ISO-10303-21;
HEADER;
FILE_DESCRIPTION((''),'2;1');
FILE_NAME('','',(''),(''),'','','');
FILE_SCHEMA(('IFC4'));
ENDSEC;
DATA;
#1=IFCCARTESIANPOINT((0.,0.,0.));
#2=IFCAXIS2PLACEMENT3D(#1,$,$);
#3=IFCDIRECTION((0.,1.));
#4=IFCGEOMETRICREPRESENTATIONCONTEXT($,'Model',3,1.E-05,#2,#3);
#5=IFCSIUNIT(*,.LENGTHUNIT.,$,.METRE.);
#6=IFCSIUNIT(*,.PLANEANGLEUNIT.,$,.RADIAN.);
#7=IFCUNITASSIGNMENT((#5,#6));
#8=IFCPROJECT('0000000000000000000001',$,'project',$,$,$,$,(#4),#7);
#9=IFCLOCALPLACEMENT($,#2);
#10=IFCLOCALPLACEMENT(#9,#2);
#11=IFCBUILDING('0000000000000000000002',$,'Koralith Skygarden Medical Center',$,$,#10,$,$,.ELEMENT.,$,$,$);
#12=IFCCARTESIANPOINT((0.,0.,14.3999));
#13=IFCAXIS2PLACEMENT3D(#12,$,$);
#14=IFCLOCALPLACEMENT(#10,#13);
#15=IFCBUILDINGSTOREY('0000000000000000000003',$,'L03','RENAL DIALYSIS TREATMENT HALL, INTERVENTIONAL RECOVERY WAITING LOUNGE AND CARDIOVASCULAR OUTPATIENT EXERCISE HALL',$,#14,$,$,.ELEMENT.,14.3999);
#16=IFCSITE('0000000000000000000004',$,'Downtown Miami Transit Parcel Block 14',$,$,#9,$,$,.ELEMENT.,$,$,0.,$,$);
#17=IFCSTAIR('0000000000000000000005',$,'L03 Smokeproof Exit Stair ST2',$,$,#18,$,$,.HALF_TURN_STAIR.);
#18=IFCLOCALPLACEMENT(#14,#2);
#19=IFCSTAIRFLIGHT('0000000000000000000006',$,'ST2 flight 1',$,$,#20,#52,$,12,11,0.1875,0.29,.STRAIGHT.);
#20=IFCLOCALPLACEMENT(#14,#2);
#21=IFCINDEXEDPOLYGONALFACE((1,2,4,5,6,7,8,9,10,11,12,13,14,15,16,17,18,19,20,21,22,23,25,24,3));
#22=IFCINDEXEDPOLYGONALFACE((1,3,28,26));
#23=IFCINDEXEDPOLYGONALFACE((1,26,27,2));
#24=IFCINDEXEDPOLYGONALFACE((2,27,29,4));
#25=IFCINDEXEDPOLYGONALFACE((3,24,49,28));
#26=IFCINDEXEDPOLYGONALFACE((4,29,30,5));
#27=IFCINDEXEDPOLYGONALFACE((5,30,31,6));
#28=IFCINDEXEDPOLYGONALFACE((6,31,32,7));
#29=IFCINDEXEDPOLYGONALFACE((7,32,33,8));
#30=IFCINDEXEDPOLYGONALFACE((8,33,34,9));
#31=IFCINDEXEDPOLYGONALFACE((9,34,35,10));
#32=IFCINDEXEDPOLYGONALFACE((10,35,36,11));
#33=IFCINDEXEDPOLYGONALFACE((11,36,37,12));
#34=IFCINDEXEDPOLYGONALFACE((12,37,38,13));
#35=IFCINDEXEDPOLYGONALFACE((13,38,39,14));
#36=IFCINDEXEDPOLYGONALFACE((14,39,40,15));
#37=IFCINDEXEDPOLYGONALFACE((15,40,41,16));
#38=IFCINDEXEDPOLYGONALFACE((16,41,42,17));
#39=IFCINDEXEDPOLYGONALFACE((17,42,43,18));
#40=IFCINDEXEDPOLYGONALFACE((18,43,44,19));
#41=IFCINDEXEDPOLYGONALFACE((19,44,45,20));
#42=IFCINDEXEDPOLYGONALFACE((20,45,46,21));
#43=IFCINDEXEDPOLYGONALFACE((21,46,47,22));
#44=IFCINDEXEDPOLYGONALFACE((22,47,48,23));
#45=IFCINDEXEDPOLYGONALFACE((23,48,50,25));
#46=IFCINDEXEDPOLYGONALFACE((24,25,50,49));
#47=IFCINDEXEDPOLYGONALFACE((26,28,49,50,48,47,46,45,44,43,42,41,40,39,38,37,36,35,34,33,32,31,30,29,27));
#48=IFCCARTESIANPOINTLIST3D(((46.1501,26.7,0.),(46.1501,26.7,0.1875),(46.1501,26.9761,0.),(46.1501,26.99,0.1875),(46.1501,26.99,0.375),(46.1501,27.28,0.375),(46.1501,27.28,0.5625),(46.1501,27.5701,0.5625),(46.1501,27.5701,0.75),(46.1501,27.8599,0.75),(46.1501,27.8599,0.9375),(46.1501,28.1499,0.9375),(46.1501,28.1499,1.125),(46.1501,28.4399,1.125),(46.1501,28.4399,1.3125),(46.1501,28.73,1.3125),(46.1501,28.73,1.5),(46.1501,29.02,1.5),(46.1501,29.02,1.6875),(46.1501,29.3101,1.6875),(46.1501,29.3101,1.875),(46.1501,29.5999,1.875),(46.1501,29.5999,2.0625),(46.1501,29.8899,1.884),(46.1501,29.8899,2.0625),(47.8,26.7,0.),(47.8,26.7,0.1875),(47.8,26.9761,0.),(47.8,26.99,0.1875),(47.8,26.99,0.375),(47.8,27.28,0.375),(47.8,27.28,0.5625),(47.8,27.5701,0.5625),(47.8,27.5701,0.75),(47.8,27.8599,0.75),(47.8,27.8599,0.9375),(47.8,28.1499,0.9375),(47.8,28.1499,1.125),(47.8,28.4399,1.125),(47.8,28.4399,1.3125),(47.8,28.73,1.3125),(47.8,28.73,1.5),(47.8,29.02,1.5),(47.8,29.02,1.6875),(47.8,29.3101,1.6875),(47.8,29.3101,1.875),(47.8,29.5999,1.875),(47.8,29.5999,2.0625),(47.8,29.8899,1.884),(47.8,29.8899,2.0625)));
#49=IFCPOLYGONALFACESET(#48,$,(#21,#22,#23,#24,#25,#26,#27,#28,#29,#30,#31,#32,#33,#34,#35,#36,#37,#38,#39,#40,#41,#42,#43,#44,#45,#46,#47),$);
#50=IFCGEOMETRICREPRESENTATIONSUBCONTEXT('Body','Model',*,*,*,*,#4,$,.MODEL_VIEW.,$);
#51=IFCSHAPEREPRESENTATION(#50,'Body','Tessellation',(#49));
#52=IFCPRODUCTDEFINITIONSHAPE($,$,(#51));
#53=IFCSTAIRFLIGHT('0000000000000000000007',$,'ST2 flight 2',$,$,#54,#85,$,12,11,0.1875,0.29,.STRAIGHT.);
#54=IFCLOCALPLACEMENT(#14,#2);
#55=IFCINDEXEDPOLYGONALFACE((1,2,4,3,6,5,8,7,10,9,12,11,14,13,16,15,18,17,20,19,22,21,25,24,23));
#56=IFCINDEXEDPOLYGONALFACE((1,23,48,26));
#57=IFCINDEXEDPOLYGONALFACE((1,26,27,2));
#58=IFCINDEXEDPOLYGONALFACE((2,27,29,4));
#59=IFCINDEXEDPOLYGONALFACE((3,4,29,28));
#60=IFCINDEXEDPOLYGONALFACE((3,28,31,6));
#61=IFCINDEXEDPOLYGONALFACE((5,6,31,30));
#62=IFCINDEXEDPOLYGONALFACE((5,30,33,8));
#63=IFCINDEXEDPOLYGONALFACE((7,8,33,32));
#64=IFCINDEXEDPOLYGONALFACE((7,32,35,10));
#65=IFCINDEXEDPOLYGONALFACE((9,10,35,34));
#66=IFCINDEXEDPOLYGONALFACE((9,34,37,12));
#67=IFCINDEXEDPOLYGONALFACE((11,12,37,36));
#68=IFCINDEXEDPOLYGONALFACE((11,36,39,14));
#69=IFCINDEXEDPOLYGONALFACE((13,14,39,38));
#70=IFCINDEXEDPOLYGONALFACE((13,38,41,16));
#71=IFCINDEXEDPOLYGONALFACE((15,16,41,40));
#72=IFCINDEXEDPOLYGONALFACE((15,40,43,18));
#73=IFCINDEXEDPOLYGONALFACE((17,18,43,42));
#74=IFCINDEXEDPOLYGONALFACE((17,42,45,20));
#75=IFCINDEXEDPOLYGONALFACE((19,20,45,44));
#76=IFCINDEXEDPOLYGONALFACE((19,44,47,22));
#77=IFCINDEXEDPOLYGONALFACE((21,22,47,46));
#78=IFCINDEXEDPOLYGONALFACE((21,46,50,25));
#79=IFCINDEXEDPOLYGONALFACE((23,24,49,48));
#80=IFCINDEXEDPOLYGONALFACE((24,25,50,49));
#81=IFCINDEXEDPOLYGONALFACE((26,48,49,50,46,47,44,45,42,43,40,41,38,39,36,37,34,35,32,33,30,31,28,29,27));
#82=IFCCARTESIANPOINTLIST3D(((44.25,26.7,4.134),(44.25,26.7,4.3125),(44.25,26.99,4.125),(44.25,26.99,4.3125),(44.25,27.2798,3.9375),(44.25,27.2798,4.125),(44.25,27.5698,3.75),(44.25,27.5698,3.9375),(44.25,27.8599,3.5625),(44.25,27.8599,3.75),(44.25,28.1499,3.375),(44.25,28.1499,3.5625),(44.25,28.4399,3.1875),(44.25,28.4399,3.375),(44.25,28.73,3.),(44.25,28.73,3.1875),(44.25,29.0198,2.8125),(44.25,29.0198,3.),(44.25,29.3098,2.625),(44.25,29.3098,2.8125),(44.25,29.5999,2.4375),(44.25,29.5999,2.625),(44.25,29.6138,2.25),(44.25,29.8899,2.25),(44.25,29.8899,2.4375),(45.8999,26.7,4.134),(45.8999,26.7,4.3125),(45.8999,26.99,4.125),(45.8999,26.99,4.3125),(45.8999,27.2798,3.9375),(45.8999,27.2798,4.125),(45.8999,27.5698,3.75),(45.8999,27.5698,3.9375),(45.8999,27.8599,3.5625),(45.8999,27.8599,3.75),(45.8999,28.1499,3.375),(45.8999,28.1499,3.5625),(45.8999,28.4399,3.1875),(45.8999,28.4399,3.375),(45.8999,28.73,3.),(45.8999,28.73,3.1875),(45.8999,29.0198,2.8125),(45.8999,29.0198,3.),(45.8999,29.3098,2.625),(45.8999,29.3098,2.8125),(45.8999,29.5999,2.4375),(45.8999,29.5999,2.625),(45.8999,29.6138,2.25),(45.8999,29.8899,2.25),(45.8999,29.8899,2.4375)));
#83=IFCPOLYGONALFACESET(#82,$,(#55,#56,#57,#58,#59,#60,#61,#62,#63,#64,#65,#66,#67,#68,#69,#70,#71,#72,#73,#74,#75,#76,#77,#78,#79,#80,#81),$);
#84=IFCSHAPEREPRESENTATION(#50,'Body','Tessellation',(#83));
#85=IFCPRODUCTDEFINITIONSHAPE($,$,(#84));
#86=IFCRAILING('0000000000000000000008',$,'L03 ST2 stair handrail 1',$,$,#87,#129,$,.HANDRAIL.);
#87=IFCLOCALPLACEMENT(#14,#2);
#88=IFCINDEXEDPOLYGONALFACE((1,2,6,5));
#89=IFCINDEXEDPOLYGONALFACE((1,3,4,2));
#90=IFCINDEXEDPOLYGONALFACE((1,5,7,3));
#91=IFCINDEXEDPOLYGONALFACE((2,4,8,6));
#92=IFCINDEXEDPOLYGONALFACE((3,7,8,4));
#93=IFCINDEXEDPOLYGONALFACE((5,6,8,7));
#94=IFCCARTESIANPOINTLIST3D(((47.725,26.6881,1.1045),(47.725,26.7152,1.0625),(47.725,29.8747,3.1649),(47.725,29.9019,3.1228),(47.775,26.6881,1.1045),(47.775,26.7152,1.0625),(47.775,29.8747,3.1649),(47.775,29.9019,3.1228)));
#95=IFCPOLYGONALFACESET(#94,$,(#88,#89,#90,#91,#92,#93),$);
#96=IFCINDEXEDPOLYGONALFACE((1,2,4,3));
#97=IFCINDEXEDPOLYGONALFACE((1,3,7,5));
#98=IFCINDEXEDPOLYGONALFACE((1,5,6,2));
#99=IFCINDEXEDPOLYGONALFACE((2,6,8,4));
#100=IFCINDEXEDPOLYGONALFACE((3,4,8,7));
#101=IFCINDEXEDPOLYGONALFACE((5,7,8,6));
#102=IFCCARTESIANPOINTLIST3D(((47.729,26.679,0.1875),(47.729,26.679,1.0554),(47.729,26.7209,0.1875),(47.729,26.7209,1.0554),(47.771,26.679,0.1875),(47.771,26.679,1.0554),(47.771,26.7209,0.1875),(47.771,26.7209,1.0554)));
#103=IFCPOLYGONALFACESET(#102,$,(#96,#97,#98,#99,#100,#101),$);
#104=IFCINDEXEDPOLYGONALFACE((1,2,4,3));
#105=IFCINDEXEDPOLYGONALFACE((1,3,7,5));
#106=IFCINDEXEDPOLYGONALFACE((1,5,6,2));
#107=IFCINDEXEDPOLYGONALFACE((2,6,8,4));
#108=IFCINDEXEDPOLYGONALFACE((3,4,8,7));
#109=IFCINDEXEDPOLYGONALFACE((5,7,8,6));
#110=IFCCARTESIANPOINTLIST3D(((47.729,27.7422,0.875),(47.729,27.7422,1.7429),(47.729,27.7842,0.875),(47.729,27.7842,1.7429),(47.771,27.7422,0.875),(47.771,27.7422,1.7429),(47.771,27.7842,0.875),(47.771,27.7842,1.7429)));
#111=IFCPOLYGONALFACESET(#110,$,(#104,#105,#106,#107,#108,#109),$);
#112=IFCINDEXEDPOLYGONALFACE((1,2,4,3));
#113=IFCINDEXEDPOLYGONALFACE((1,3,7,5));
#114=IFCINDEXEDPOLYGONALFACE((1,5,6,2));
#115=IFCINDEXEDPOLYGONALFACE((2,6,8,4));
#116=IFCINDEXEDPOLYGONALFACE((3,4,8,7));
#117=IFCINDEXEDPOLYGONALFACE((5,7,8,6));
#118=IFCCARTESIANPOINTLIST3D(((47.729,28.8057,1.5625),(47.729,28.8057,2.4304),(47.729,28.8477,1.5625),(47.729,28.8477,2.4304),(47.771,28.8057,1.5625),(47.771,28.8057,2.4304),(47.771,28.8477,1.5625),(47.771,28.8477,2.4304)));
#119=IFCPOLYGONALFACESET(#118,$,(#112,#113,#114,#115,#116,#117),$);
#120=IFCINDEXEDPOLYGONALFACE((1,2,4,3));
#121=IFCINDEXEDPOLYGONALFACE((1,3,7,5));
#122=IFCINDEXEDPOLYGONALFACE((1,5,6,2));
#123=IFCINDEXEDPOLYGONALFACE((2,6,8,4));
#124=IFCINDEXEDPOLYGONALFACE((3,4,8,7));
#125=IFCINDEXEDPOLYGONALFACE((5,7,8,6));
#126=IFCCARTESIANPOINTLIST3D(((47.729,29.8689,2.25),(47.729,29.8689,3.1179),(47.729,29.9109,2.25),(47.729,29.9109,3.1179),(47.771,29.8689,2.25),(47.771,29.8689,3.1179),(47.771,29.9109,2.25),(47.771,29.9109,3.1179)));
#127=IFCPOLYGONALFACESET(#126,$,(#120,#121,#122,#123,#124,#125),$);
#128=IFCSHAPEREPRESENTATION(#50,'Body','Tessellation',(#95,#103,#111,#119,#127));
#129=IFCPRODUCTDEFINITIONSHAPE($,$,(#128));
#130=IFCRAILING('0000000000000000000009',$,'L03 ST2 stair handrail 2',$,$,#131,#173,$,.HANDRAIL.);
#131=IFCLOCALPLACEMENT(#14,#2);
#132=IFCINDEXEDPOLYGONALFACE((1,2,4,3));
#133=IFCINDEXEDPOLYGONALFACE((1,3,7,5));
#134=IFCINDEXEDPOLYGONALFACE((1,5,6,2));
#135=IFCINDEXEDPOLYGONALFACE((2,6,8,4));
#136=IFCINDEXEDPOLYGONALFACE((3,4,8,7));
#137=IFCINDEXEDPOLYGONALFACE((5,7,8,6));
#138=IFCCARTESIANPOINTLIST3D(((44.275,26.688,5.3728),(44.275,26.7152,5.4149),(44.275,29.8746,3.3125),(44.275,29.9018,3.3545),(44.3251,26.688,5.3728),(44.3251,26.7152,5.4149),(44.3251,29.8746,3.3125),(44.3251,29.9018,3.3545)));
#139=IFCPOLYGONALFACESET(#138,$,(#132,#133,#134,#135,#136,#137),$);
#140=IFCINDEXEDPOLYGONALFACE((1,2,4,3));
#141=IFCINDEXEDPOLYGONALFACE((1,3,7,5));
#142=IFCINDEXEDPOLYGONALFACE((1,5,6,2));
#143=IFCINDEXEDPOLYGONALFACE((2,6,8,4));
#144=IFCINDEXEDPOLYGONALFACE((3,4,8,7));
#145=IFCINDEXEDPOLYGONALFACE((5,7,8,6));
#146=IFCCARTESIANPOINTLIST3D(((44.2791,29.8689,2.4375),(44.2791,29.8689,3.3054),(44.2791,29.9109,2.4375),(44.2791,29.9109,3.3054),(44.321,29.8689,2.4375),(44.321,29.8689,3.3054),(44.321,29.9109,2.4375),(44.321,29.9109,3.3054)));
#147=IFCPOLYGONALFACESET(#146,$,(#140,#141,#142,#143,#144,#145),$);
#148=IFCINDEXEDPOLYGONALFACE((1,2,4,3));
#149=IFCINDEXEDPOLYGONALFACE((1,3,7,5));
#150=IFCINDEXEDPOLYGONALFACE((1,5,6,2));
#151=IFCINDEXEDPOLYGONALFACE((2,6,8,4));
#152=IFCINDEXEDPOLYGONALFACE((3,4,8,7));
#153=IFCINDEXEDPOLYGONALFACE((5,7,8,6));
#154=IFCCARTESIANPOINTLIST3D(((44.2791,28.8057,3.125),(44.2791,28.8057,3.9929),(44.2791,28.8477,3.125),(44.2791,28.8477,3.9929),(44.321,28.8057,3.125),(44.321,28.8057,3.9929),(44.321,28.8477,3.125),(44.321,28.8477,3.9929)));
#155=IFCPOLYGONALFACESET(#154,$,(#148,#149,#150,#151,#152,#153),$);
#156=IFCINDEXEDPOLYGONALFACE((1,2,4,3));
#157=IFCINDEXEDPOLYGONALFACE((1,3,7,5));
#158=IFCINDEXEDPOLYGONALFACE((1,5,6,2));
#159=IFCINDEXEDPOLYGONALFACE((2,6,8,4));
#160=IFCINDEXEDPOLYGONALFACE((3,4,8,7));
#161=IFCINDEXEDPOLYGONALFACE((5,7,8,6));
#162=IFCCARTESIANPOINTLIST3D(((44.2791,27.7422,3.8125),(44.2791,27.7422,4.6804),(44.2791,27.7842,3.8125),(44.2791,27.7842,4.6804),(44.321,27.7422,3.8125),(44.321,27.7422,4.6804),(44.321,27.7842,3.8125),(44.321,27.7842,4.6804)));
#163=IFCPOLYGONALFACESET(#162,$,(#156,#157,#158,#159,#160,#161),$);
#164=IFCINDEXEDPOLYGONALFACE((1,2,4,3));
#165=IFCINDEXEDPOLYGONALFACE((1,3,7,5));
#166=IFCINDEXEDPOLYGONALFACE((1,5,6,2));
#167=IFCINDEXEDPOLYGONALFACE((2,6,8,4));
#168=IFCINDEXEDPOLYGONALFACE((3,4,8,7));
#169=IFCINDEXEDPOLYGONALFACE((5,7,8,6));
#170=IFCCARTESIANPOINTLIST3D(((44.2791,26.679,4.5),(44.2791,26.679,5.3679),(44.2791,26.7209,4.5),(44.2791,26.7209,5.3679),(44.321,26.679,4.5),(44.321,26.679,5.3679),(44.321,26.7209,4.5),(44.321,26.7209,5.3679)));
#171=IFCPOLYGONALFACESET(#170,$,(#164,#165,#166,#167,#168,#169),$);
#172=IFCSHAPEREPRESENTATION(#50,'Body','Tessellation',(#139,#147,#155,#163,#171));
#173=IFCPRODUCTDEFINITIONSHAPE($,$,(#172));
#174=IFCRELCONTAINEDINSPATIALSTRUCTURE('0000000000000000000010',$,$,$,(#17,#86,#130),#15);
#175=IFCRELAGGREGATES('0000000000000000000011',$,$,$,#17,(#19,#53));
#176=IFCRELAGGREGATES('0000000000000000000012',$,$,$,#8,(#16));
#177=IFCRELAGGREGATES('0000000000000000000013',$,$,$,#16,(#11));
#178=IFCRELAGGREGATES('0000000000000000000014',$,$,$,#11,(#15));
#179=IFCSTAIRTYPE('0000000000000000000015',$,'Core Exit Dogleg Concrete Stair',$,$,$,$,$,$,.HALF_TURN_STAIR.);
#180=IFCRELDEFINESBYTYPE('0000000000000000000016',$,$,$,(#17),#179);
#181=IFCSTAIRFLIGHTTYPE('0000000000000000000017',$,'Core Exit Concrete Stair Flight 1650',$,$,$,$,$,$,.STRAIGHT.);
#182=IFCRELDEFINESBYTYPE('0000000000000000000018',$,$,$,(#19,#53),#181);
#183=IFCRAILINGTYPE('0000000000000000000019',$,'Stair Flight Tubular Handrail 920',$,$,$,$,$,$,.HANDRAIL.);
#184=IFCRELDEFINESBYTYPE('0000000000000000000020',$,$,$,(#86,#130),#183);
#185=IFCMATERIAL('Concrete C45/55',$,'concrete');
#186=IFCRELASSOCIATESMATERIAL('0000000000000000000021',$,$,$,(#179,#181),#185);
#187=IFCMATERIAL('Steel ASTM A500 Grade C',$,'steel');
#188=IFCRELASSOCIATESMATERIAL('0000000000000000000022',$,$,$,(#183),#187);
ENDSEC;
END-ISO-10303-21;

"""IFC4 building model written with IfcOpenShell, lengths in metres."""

from ifc_helpers import new_model, si_unit, direction, frame, origin, origin_2d, place, context, subcontext, project, spatial, polyline, rectangle, outline, extrude, material, type_object, element, aggregate, save


model = new_model("IFC4")

# Units and contexts
model_context = context("Model", 3, precision=1e-05, world=origin(), true_north=direction((0.0, 1.0)))
body_context = subcontext(model_context, "Body", "Model", "MODEL_VIEW")
ifc_project = project(units=[si_unit("LENGTHUNIT", "METRE"), si_unit("PLANEANGLEUNIT", "RADIAN")], contexts=[model_context])

# Site, building, storey
site_placement = place(None, origin())
site = spatial("IfcSite", under=ifc_project, at=site_placement, Name="Downtown Miami Transit Parcel Block 14", CompositionType="ELEMENT", RefElevation=0.0)
building_placement = place(site_placement, origin())
building = spatial("IfcBuilding", under=site, at=building_placement, Name="Koralith Skygarden Medical Center", CompositionType="ELEMENT")
storey_placement = place(building_placement, frame((0.0, 0.0, 14.3999)))
storey = spatial("IfcBuildingStorey", under=building, at=storey_placement, Name="L03", Description="RENAL DIALYSIS TREATMENT HALL, INTERVENTIONAL RECOVERY WAITING LOUNGE AND CARDIOVASCULAR OUTPATIENT EXERCISE HALL", CompositionType="ELEMENT", Elevation=14.3999)

# Shared definitions
ifc_material_1 = material(Name="Concrete C45/55", Category="concrete")

# Stair, stair flights
stair_type = type_object("IfcStairType", Name="Core Exit Dogleg Concrete Stair", PredefinedType="HALF_TURN_STAIR", material=ifc_material_1)
stair_placement = place(storey_placement, origin())
stair = element("IfcStair", 1, at=stair_placement, inside=storey, type_object=stair_type, Name="L03 Smokeproof Exit Stair ST2", PredefinedType="HALF_TURN_STAIR")
stair_flight_type = type_object("IfcStairFlightType", Name="Core Exit Concrete Stair Flight 1650", PredefinedType="STRAIGHT", material=ifc_material_1)
stair_flight_1_placement = place(storey_placement, frame((46.9751, 26.7, 0.0), z_axis=(0.0, 0.0, 1.0), x_axis=(0.0, 1.0, 0.0)))
stair_flight_1 = element("IfcStairFlight", 2, at=stair_flight_1_placement, type_object=stair_flight_type, Name="ST2 flight 1", NumberOfRisers=12, NumberOfTreads=11, PredefinedType="STRAIGHT", RiserHeight=0.1875, TreadLength=0.29, context=body_context, shape_type="SweptSolid", body=[
    extrude(outline(polyline([(0.0, 0.0), (0.0, 0.1875), (0.29, 0.1875), (0.29, 0.375), (0.5801, 0.375), (0.5801, 0.5625), (0.8701, 0.5625), (0.8701, 0.75), (1.1599, 0.75), (1.1599, 0.9375), (1.45, 0.9375), (1.45, 1.125), (1.74, 1.125), (1.74, 1.3125), (2.03, 1.3125), (2.03, 1.5), (2.3201, 1.5), (2.3201, 1.6875), (2.6101, 1.6875), (2.6101, 1.875), (2.8999, 1.875), (2.8999, 2.0625), (3.1899, 2.0625), (3.1899, 2.25), (3.1899, 1.884), (0.2761, 0.0), (0.0, 0.0)])), frame((0.0, 0.825, 0.0), z_axis=(0.0, -1.0, 0.0), x_axis=(1.0, 0.0, 0.0)), (0.0, 0.0, 1.0), 1.6499),
])
stair_flight_2_placement = place(storey_placement, frame((45.075, 29.8899, 2.25), z_axis=(0.0, 0.0, 1.0), x_axis=(0.0, -1.0, 0.0)))
stair_flight_2 = element("IfcStairFlight", 3, at=stair_flight_2_placement, type_object=stair_flight_type, Name="ST2 flight 2", NumberOfRisers=12, NumberOfTreads=11, PredefinedType="STRAIGHT", RiserHeight=0.1875, TreadLength=0.29, context=body_context, shape_type="SweptSolid", body=[
    extrude(outline(polyline([(0.0, 0.0), (0.0, 0.1875), (0.29, 0.1875), (0.29, 0.375), (0.5801, 0.375), (0.5801, 0.5625), (0.8701, 0.5625), (0.8701, 0.75), (1.1599, 0.75), (1.1599, 0.9375), (1.45, 0.9375), (1.45, 1.125), (1.74, 1.125), (1.74, 1.3125), (2.03, 1.3125), (2.03, 1.5), (2.3201, 1.5), (2.3201, 1.6875), (2.6101, 1.6875), (2.6101, 1.875), (2.8999, 1.875), (2.8999, 2.0625), (3.1899, 2.0625), (3.1899, 2.25), (3.1899, 1.884), (0.2761, 0.0), (0.0, 0.0)])), frame((0.0, 0.825, 0.0), z_axis=(0.0, -1.0, 0.0), x_axis=(1.0, 0.0, 0.0)), (0.0, 0.0, 1.0), 1.6499),
])
aggregate(stair, [stair_flight_1, stair_flight_2])

# Railings
ifc_material_2 = material(Name="Steel ASTM A500 Grade C", Category="steel")
railing_type_1 = type_object("IfcRailingType", Name="Stair Flight Tubular Handrail 920", PredefinedType="HANDRAIL", material=ifc_material_2)
railing_1_placement = place(storey_placement, frame((47.75, 26.7, 0.1875)))
element("IfcRailing", 4, at=railing_1_placement, inside=storey, type_object=railing_type_1, Name="L03 ST2 stair handrail 1", PredefinedType="HANDRAIL", context=body_context, shape_type="SweptSolid", body=[
    extrude(rectangle(XDim=0.05, YDim=0.05, at=origin_2d()), frame((0.0, 0.0017, 0.896), z_axis=(0.0, 0.83976, 0.542958), x_axis=(-1.0, 0.0, 0.0)), (0.0, 0.0, 1.0), 3.7947),
    extrude(rectangle(XDim=0.042, YDim=0.042, at=origin_2d()), origin(), (0.0, 0.0, 1.0), 0.8679),
    extrude(rectangle(XDim=0.042, YDim=0.042, at=origin_2d()), frame((0.0, 1.0632, 0.6875)), (0.0, 0.0, 1.0), 0.8679),
    extrude(rectangle(XDim=0.042, YDim=0.042, at=origin_2d()), frame((0.0, 2.1267, 1.375)), (0.0, 0.0, 1.0), 0.8679),
    extrude(rectangle(XDim=0.042, YDim=0.042, at=origin_2d()), frame((0.0, 3.1899, 2.0625)), (0.0, 0.0, 1.0), 0.8679),
])
railing_2_placement = place(storey_placement, frame((44.3, 29.8899, 2.4375)))
element("IfcRailing", 5, at=railing_2_placement, inside=storey, type_object=railing_type_1, Name="L03 ST2 stair handrail 2", PredefinedType="HANDRAIL", context=body_context, shape_type="SweptSolid", body=[
    extrude(rectangle(XDim=0.05, YDim=0.05, at=origin_2d()), frame((0.0, -0.0017, 0.896), z_axis=(0.0, -0.83976, 0.542958), x_axis=(1.0, 0.0, 0.0)), (0.0, 0.0, 1.0), 3.7947),
    extrude(rectangle(XDim=0.042, YDim=0.042, at=origin_2d()), origin(), (0.0, 0.0, 1.0), 0.8679),
    extrude(rectangle(XDim=0.042, YDim=0.042, at=origin_2d()), frame((0.0, -1.0632, 0.6875)), (0.0, 0.0, 1.0), 0.8679),
    extrude(rectangle(XDim=0.042, YDim=0.042, at=origin_2d()), frame((0.0, -2.1267, 1.375)), (0.0, 0.0, 1.0), 0.8679),
    extrude(rectangle(XDim=0.042, YDim=0.042, at=origin_2d()), frame((0.0, -3.1899, 2.0625)), (0.0, 0.0, 1.0), 0.8679),
])

save(model, "model.ifc")
